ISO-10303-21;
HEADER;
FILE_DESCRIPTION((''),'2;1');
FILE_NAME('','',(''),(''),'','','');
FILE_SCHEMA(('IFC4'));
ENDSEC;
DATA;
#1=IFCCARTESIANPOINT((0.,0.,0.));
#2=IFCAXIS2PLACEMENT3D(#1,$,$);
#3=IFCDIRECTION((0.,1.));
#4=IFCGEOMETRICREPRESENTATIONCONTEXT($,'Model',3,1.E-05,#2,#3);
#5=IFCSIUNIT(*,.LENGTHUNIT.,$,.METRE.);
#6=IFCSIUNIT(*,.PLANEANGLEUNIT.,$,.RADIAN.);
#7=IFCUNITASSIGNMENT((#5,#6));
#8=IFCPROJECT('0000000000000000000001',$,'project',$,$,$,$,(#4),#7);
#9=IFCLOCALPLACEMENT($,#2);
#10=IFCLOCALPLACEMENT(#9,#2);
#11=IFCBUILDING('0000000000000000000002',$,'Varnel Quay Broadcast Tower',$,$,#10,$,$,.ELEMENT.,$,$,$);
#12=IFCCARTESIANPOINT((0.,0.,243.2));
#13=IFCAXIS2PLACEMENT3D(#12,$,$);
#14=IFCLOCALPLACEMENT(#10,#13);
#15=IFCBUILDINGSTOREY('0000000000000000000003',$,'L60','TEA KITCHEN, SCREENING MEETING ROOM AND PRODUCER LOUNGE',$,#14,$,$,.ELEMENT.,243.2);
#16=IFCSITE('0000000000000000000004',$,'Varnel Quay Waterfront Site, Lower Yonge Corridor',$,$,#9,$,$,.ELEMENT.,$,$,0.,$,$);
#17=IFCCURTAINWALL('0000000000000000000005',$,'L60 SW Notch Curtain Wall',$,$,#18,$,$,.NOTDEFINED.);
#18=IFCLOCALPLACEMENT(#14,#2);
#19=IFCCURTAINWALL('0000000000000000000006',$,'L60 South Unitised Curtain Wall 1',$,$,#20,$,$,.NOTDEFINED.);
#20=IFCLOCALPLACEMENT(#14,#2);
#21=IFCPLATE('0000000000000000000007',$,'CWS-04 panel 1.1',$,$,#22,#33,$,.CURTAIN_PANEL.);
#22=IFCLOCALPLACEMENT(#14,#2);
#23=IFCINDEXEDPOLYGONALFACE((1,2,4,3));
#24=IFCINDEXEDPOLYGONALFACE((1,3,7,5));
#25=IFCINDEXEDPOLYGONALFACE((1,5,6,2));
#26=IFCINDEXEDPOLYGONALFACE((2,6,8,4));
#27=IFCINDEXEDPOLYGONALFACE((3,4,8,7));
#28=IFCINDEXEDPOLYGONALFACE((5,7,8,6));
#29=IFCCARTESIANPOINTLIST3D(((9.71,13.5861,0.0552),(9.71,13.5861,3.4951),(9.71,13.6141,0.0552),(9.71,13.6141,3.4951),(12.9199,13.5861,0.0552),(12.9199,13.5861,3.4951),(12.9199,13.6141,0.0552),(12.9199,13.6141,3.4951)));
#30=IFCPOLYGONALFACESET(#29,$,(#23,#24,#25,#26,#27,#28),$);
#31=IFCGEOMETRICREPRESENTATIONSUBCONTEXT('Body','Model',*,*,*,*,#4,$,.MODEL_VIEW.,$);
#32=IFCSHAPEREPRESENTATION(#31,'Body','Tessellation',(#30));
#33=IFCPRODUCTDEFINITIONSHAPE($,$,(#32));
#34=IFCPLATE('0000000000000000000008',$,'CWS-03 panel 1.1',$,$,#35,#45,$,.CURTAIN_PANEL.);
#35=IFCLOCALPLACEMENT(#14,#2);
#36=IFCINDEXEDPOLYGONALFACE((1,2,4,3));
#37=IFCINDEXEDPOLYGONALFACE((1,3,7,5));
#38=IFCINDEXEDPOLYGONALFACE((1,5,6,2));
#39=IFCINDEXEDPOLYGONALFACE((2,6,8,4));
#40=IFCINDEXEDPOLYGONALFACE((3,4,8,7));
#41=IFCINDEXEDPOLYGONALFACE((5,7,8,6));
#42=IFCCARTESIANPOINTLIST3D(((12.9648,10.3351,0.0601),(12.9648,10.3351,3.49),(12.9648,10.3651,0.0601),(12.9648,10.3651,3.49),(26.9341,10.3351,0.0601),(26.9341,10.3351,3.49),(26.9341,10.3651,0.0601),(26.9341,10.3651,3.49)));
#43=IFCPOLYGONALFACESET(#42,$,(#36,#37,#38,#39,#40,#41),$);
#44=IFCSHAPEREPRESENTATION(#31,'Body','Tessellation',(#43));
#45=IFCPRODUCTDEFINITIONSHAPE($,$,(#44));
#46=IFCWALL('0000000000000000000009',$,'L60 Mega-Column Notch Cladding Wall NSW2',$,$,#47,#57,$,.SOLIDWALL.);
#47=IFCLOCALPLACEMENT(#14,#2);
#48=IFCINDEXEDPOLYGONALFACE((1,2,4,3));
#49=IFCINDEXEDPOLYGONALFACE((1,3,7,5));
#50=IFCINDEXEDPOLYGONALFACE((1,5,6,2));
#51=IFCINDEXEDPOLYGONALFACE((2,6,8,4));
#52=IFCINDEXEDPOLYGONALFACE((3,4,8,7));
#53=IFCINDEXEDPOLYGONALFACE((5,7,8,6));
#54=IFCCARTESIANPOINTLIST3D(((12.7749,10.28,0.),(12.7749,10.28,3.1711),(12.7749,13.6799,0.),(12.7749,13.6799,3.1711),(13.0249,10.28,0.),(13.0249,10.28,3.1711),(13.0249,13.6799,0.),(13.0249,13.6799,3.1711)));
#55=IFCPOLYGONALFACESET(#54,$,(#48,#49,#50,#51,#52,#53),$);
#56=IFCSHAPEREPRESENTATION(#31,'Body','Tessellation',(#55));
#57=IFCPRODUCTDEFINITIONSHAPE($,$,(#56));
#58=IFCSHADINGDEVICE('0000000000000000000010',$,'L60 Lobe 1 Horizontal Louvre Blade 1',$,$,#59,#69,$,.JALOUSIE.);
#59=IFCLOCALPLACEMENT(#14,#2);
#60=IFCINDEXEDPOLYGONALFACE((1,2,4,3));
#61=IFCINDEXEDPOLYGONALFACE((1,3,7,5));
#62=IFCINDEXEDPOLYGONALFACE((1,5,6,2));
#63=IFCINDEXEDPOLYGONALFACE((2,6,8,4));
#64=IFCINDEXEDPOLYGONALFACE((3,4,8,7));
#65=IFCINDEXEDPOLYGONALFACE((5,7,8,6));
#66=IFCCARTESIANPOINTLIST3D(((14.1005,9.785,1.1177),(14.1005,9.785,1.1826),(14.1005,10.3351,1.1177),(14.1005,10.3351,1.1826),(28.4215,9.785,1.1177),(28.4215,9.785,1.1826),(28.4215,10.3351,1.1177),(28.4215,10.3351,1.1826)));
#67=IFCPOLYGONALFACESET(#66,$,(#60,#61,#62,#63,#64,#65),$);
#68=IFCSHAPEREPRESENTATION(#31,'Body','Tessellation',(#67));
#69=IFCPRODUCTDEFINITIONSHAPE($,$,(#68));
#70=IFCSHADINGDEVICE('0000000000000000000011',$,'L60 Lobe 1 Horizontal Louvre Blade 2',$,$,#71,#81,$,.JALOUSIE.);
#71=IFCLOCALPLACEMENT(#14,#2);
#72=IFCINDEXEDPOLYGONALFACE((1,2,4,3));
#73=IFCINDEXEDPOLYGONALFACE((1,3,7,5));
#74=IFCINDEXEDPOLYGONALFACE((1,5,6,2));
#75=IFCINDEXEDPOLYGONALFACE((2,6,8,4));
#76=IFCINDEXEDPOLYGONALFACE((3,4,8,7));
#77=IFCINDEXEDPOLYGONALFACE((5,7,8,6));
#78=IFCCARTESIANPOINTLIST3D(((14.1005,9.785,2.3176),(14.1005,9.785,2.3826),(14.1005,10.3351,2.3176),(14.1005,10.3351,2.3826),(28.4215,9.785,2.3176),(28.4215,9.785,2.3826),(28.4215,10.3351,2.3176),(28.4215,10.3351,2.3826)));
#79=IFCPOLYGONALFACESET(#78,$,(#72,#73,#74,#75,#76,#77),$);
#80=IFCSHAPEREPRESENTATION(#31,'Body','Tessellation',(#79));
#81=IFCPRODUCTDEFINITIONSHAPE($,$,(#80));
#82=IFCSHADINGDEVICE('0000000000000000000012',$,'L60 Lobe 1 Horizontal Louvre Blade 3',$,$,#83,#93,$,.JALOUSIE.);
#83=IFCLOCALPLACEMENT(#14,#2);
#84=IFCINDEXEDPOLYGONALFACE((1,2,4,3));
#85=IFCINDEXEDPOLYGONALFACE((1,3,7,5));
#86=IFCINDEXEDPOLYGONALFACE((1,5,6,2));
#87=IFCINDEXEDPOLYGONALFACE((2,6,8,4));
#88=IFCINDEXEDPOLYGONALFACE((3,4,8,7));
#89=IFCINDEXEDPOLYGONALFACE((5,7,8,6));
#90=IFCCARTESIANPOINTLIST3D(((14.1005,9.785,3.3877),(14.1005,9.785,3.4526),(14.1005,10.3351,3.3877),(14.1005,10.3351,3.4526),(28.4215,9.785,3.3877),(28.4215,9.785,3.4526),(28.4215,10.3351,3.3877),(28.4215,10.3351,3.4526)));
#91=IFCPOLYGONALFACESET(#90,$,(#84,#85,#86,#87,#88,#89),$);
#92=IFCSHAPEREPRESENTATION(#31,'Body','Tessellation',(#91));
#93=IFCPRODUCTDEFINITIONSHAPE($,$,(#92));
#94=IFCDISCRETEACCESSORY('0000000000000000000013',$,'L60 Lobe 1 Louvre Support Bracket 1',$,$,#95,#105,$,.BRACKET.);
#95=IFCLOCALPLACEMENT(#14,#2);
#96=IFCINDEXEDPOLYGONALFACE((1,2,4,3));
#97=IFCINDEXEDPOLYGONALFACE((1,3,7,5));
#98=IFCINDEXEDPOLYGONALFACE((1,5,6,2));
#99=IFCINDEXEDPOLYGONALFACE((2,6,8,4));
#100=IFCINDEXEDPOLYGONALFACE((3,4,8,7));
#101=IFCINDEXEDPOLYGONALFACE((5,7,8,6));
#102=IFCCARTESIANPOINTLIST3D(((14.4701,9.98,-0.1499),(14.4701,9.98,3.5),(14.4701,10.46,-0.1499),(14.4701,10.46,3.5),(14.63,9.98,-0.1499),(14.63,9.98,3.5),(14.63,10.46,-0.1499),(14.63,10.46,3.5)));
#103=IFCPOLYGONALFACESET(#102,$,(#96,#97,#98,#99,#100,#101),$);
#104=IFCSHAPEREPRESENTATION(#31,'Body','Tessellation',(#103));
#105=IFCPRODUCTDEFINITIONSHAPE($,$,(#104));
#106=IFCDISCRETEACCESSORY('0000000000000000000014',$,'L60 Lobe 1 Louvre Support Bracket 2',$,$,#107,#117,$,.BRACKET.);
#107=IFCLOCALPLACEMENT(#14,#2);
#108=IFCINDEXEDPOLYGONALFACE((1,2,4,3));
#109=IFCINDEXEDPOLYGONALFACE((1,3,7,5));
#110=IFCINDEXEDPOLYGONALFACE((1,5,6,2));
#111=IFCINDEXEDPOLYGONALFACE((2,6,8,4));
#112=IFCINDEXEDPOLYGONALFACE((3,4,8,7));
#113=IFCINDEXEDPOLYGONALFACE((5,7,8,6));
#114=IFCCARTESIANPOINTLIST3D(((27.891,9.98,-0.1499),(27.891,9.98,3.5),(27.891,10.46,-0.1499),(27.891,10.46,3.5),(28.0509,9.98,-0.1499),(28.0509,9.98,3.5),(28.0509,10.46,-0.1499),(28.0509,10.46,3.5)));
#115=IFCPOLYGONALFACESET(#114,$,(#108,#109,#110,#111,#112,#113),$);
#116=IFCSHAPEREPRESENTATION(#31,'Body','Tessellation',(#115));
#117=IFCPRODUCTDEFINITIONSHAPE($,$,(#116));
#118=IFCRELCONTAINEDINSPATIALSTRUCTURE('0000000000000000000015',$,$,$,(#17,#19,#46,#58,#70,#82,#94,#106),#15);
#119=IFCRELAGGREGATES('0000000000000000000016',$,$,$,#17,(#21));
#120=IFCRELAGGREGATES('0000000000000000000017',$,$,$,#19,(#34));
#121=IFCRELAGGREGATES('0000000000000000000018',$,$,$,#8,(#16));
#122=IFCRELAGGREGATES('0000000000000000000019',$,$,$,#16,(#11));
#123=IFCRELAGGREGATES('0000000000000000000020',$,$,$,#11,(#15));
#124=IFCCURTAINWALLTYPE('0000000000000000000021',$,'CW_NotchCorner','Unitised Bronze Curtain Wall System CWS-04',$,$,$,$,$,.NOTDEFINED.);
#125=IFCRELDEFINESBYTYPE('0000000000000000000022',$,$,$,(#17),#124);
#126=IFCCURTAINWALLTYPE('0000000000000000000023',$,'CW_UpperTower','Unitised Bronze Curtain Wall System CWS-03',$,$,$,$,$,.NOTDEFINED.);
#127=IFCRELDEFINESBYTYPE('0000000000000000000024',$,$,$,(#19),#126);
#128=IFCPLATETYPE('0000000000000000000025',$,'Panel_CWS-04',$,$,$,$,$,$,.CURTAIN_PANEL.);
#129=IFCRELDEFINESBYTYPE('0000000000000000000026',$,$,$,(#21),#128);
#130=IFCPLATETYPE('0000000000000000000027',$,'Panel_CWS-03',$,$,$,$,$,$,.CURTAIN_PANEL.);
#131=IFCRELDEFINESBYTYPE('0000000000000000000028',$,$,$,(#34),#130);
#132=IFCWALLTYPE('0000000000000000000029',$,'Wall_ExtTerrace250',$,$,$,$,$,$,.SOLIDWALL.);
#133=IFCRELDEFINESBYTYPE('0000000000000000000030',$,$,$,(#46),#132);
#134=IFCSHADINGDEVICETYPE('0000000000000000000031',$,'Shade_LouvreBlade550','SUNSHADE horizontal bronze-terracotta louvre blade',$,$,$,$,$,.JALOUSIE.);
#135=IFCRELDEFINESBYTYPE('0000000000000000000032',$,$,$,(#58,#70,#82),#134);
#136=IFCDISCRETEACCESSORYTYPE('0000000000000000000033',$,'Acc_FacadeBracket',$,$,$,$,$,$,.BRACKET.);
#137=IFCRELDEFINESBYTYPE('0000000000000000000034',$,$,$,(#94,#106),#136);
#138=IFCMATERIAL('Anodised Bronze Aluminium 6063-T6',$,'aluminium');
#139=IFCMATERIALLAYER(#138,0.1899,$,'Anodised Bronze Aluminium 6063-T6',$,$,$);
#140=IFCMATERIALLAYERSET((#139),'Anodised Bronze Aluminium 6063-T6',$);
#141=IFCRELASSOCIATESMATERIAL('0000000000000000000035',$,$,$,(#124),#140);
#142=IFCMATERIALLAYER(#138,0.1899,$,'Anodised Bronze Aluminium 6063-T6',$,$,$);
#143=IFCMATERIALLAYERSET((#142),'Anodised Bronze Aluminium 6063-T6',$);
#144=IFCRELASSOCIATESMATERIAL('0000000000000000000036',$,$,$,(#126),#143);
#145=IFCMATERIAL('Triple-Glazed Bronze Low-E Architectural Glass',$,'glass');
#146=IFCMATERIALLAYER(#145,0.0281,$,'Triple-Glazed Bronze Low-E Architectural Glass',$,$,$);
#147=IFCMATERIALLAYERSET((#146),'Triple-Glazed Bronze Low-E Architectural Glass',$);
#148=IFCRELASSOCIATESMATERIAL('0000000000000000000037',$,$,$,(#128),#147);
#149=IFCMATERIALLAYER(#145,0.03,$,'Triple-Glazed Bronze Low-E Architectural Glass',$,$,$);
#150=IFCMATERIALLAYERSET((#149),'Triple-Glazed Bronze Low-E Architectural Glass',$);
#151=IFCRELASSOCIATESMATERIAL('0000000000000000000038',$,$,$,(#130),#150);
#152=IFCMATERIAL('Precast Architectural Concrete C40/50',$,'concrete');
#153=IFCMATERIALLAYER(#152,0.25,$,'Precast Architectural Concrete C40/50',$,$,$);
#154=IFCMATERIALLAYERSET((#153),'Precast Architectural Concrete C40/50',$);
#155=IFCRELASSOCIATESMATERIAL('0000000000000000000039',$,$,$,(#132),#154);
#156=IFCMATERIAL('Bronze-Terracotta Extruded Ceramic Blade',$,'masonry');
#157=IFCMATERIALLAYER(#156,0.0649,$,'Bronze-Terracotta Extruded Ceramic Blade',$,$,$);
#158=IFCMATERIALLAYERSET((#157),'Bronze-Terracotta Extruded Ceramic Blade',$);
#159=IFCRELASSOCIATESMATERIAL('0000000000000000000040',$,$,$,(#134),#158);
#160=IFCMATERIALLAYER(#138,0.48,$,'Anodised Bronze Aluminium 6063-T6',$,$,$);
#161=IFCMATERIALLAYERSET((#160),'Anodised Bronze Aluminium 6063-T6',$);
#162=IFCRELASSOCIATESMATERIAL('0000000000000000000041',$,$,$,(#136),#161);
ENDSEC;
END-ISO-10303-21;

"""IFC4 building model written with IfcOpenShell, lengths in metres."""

from ifc_helpers import new_model, si_unit, direction, frame, frame_2d, origin, origin_2d, place, context, subcontext, project, spatial, rectangle, extrude, source, transform, mapped, material, layer, layer_set, type_object, type_shapes, element, aggregate, save


model = new_model("IFC4")

# Units and contexts
model_context = context("Model", 3, precision=1e-05, world=origin(), true_north=direction((0.0, 1.0)))
body_context = subcontext(model_context, "Body", "Model", "MODEL_VIEW")
ifc_project = project(units=[si_unit("LENGTHUNIT", "METRE"), si_unit("PLANEANGLEUNIT", "RADIAN")], contexts=[model_context])

# Site, building, storey
site_placement = place(None, origin())
site = spatial("IfcSite", under=ifc_project, at=site_placement, Name="Varnel Quay Waterfront Site, Lower Yonge Corridor", CompositionType="ELEMENT", RefElevation=0.0)
building_placement = place(site_placement, origin())
building = spatial("IfcBuilding", under=site, at=building_placement, Name="Varnel Quay Broadcast Tower", CompositionType="ELEMENT")
storey_placement = place(building_placement, frame((0.0, 0.0, 243.2)))
storey = spatial("IfcBuildingStorey", under=building, at=storey_placement, Name="L60", Description="TEA KITCHEN, SCREENING MEETING ROOM AND PRODUCER LOUNGE", CompositionType="ELEMENT", Elevation=243.2)

# Curtain wall
ifc_material_1 = material(Name="Anodised Bronze Aluminium 6063-T6", Category="aluminium")
ifc_layer_1 = layer(ifc_material_1, 0.1899, Name="Anodised Bronze Aluminium 6063-T6")
ifc_layer_set_1 = layer_set([ifc_layer_1], Name="Anodised Bronze Aluminium 6063-T6")
curtain_wall_type_1 = type_object("IfcCurtainWallType", Name="CW_NotchCorner", Description="Unitised Bronze Curtain Wall System CWS-04", PredefinedType="NOTDEFINED", material=ifc_layer_set_1)
curtain_wall_1_placement = place(storey_placement, origin())
curtain_wall_1 = element("IfcCurtainWall", 1, at=curtain_wall_1_placement, inside=storey, type_object=curtain_wall_type_1, Name="L60 SW Notch Curtain Wall", PredefinedType="NOTDEFINED")

# Curtain wall
ifc_layer_2 = layer(ifc_material_1, 0.1899, Name="Anodised Bronze Aluminium 6063-T6")
ifc_layer_set_2 = layer_set([ifc_layer_2], Name="Anodised Bronze Aluminium 6063-T6")
curtain_wall_type_2 = type_object("IfcCurtainWallType", Name="CW_UpperTower", Description="Unitised Bronze Curtain Wall System CWS-03", PredefinedType="NOTDEFINED", material=ifc_layer_set_2)
curtain_wall_2_placement = place(storey_placement, origin())
curtain_wall_2 = element("IfcCurtainWall", 2, at=curtain_wall_2_placement, inside=storey, type_object=curtain_wall_type_2, Name="L60 South Unitised Curtain Wall 1", PredefinedType="NOTDEFINED")

# Plates
ifc_material_2 = material(Name="Triple-Glazed Bronze Low-E Architectural Glass", Category="glass")
ifc_layer_3 = layer(ifc_material_2, 0.0281, Name="Triple-Glazed Bronze Low-E Architectural Glass")
ifc_layer_set_3 = layer_set([ifc_layer_3], Name="Triple-Glazed Bronze Low-E Architectural Glass")
plate_type_1 = type_object("IfcPlateType", Name="Panel_CWS-04", PredefinedType="CURTAIN_PANEL", material=ifc_layer_set_3)
shared_shape_1 = source(origin(), body_context, "Body", "SweptSolid", [
    extrude(rectangle(XDim=3.21, YDim=0.0281, at=origin_2d()), origin(), (0.0, 0.0, 1.0), 3.4399),
])
type_shapes(plate_type_1, [shared_shape_1])
plate_1_placement = place(storey_placement, frame((11.3149, 13.6001, 0.0552), z_axis=(0.0, 0.0, 1.0), x_axis=(1.0, 0.0, 0.0)))
plate_1 = element("IfcPlate", 3, at=plate_1_placement, type_object=plate_type_1, Name="CWS-04 panel 1.1", PredefinedType="CURTAIN_PANEL", context=body_context, shape_type="MappedRepresentation", body=[
    mapped(shared_shape_1, transform((0.0, 0.0, 0.0), x_axis=(1.0, 0.0, 0.0), y_axis=(0.0, 1.0, 0.0), z_axis=(0.0, 0.0, 1.0), scale=1.0)),
])
aggregate(curtain_wall_1, [plate_1])
ifc_layer_4 = layer(ifc_material_2, 0.03, Name="Triple-Glazed Bronze Low-E Architectural Glass")
ifc_layer_set_4 = layer_set([ifc_layer_4], Name="Triple-Glazed Bronze Low-E Architectural Glass")
plate_type_2 = type_object("IfcPlateType", Name="Panel_CWS-03", PredefinedType="CURTAIN_PANEL", material=ifc_layer_set_4)
shared_shape_2 = source(origin(), body_context, "Body", "SweptSolid", [
    extrude(rectangle(XDim=13.9692, YDim=0.03, at=origin_2d()), origin(), (0.0, 0.0, 1.0), 3.4299),
])
type_shapes(plate_type_2, [shared_shape_2])
plate_2_placement = place(storey_placement, frame((19.9495, 10.3501, 0.0601), z_axis=(0.0, 0.0, 1.0), x_axis=(1.0, 0.0, 0.0)))
plate_2 = element("IfcPlate", 4, at=plate_2_placement, type_object=plate_type_2, Name="CWS-03 panel 1.1", PredefinedType="CURTAIN_PANEL", context=body_context, shape_type="MappedRepresentation", body=[
    mapped(shared_shape_2, transform((0.0, 0.0, 0.0), x_axis=(1.0, 0.0, 0.0), y_axis=(0.0, 1.0, 0.0), z_axis=(0.0, 0.0, 1.0), scale=1.0)),
])
aggregate(curtain_wall_2, [plate_2])

# Wall
ifc_material_3 = material(Name="Precast Architectural Concrete C40/50", Category="concrete")
ifc_layer_5 = layer(ifc_material_3, 0.25, Name="Precast Architectural Concrete C40/50")
ifc_layer_set_5 = layer_set([ifc_layer_5], Name="Precast Architectural Concrete C40/50")
wall_type = type_object("IfcWallType", Name="Wall_ExtTerrace250", PredefinedType="SOLIDWALL", material=ifc_layer_set_5)
wall_placement = place(storey_placement, frame((12.8999, 10.28, 0.0), z_axis=(0.0, 0.0, 1.0), x_axis=(0.0, 1.0, 0.0)))
element("IfcWall", 5, at=wall_placement, inside=storey, type_object=wall_type, Name="L60 Mega-Column Notch Cladding Wall NSW2", PredefinedType="SOLIDWALL", context=body_context, shape_type="SweptSolid", body=[
    extrude(rectangle(XDim=3.3999, YDim=0.25, at=frame_2d((1.7, 0.0))), origin(), (0.0, 0.0, 1.0), 3.1711),
])

# Shading devices
ifc_material_4 = material(Name="Bronze-Terracotta Extruded Ceramic Blade", Category="masonry")
ifc_layer_6 = layer(ifc_material_4, 0.0649, Name="Bronze-Terracotta Extruded Ceramic Blade")
ifc_layer_set_6 = layer_set([ifc_layer_6], Name="Bronze-Terracotta Extruded Ceramic Blade")
shading_device_type = type_object("IfcShadingDeviceType", Name="Shade_LouvreBlade550", Description="SUNSHADE horizontal bronze-terracotta louvre blade", PredefinedType="JALOUSIE", material=ifc_layer_set_6)
shared_shape_3 = source(origin(), body_context, "Body", "SweptSolid", [
    extrude(rectangle(XDim=14.321, YDim=0.55, at=origin_2d()), origin(), (0.0, 0.0, 1.0), 0.0649),
])
type_shapes(shading_device_type, [shared_shape_3])
for number, where, z_axis, x_axis, name in (
    (6, (21.261, 10.0601, 1.1177), (0.0, 0.0, 1.0), (1.0, 0.0, 0.0), "L60 Lobe 1 Horizontal Louvre Blade 1"),
    (7, (21.261, 10.0601, 2.3176), (0.0, 0.0, 1.0), (1.0, 0.0, 0.0), "L60 Lobe 1 Horizontal Louvre Blade 2"),
    (8, (21.261, 10.0601, 3.3877), (0.0, 0.0, 1.0), (1.0, 0.0, 0.0), "L60 Lobe 1 Horizontal Louvre Blade 3"),
):
    element("IfcShadingDevice", number, at=place(storey_placement, frame(where, z_axis=z_axis, x_axis=x_axis)), inside=storey, type_object=shading_device_type, Name=name, PredefinedType="JALOUSIE", context=body_context, shape_type="MappedRepresentation", body=[
        mapped(shared_shape_3, transform((0.0, 0.0, 0.0), x_axis=(1.0, 0.0, 0.0), y_axis=(0.0, 1.0, 0.0), z_axis=(0.0, 0.0, 1.0), scale=1.0)),
    ])

# Discrete accessories
ifc_layer_7 = layer(ifc_material_1, 0.48, Name="Anodised Bronze Aluminium 6063-T6")
ifc_layer_set_7 = layer_set([ifc_layer_7], Name="Anodised Bronze Aluminium 6063-T6")
discrete_accessory_type = type_object("IfcDiscreteAccessoryType", Name="Acc_FacadeBracket", PredefinedType="BRACKET", material=ifc_layer_set_7)
shared_shape_4 = source(origin(), body_context, "Body", "SweptSolid", [
    extrude(rectangle(XDim=0.1599, YDim=0.48, at=origin_2d()), origin(), (0.0, 0.0, 1.0), 3.6499),
])
type_shapes(discrete_accessory_type, [shared_shape_4])
for number, where, z_axis, x_axis, name in (
    (9, (14.55, 10.22, -0.1499), (0.0, 0.0, 1.0), (1.0, 0.0, 0.0), "L60 Lobe 1 Louvre Support Bracket 1"),
    (10, (27.9709, 10.22, -0.1499), (0.0, 0.0, 1.0), (1.0, 0.0, 0.0), "L60 Lobe 1 Louvre Support Bracket 2"),
):
    element("IfcDiscreteAccessory", number, at=place(storey_placement, frame(where, z_axis=z_axis, x_axis=x_axis)), inside=storey, type_object=discrete_accessory_type, Name=name, PredefinedType="BRACKET", context=body_context, shape_type="MappedRepresentation", body=[
        mapped(shared_shape_4, transform((0.0, 0.0, 0.0), x_axis=(1.0, 0.0, 0.0), y_axis=(0.0, 1.0, 0.0), z_axis=(0.0, 0.0, 1.0), scale=1.0)),
    ])

save(model, "model.ifc")
